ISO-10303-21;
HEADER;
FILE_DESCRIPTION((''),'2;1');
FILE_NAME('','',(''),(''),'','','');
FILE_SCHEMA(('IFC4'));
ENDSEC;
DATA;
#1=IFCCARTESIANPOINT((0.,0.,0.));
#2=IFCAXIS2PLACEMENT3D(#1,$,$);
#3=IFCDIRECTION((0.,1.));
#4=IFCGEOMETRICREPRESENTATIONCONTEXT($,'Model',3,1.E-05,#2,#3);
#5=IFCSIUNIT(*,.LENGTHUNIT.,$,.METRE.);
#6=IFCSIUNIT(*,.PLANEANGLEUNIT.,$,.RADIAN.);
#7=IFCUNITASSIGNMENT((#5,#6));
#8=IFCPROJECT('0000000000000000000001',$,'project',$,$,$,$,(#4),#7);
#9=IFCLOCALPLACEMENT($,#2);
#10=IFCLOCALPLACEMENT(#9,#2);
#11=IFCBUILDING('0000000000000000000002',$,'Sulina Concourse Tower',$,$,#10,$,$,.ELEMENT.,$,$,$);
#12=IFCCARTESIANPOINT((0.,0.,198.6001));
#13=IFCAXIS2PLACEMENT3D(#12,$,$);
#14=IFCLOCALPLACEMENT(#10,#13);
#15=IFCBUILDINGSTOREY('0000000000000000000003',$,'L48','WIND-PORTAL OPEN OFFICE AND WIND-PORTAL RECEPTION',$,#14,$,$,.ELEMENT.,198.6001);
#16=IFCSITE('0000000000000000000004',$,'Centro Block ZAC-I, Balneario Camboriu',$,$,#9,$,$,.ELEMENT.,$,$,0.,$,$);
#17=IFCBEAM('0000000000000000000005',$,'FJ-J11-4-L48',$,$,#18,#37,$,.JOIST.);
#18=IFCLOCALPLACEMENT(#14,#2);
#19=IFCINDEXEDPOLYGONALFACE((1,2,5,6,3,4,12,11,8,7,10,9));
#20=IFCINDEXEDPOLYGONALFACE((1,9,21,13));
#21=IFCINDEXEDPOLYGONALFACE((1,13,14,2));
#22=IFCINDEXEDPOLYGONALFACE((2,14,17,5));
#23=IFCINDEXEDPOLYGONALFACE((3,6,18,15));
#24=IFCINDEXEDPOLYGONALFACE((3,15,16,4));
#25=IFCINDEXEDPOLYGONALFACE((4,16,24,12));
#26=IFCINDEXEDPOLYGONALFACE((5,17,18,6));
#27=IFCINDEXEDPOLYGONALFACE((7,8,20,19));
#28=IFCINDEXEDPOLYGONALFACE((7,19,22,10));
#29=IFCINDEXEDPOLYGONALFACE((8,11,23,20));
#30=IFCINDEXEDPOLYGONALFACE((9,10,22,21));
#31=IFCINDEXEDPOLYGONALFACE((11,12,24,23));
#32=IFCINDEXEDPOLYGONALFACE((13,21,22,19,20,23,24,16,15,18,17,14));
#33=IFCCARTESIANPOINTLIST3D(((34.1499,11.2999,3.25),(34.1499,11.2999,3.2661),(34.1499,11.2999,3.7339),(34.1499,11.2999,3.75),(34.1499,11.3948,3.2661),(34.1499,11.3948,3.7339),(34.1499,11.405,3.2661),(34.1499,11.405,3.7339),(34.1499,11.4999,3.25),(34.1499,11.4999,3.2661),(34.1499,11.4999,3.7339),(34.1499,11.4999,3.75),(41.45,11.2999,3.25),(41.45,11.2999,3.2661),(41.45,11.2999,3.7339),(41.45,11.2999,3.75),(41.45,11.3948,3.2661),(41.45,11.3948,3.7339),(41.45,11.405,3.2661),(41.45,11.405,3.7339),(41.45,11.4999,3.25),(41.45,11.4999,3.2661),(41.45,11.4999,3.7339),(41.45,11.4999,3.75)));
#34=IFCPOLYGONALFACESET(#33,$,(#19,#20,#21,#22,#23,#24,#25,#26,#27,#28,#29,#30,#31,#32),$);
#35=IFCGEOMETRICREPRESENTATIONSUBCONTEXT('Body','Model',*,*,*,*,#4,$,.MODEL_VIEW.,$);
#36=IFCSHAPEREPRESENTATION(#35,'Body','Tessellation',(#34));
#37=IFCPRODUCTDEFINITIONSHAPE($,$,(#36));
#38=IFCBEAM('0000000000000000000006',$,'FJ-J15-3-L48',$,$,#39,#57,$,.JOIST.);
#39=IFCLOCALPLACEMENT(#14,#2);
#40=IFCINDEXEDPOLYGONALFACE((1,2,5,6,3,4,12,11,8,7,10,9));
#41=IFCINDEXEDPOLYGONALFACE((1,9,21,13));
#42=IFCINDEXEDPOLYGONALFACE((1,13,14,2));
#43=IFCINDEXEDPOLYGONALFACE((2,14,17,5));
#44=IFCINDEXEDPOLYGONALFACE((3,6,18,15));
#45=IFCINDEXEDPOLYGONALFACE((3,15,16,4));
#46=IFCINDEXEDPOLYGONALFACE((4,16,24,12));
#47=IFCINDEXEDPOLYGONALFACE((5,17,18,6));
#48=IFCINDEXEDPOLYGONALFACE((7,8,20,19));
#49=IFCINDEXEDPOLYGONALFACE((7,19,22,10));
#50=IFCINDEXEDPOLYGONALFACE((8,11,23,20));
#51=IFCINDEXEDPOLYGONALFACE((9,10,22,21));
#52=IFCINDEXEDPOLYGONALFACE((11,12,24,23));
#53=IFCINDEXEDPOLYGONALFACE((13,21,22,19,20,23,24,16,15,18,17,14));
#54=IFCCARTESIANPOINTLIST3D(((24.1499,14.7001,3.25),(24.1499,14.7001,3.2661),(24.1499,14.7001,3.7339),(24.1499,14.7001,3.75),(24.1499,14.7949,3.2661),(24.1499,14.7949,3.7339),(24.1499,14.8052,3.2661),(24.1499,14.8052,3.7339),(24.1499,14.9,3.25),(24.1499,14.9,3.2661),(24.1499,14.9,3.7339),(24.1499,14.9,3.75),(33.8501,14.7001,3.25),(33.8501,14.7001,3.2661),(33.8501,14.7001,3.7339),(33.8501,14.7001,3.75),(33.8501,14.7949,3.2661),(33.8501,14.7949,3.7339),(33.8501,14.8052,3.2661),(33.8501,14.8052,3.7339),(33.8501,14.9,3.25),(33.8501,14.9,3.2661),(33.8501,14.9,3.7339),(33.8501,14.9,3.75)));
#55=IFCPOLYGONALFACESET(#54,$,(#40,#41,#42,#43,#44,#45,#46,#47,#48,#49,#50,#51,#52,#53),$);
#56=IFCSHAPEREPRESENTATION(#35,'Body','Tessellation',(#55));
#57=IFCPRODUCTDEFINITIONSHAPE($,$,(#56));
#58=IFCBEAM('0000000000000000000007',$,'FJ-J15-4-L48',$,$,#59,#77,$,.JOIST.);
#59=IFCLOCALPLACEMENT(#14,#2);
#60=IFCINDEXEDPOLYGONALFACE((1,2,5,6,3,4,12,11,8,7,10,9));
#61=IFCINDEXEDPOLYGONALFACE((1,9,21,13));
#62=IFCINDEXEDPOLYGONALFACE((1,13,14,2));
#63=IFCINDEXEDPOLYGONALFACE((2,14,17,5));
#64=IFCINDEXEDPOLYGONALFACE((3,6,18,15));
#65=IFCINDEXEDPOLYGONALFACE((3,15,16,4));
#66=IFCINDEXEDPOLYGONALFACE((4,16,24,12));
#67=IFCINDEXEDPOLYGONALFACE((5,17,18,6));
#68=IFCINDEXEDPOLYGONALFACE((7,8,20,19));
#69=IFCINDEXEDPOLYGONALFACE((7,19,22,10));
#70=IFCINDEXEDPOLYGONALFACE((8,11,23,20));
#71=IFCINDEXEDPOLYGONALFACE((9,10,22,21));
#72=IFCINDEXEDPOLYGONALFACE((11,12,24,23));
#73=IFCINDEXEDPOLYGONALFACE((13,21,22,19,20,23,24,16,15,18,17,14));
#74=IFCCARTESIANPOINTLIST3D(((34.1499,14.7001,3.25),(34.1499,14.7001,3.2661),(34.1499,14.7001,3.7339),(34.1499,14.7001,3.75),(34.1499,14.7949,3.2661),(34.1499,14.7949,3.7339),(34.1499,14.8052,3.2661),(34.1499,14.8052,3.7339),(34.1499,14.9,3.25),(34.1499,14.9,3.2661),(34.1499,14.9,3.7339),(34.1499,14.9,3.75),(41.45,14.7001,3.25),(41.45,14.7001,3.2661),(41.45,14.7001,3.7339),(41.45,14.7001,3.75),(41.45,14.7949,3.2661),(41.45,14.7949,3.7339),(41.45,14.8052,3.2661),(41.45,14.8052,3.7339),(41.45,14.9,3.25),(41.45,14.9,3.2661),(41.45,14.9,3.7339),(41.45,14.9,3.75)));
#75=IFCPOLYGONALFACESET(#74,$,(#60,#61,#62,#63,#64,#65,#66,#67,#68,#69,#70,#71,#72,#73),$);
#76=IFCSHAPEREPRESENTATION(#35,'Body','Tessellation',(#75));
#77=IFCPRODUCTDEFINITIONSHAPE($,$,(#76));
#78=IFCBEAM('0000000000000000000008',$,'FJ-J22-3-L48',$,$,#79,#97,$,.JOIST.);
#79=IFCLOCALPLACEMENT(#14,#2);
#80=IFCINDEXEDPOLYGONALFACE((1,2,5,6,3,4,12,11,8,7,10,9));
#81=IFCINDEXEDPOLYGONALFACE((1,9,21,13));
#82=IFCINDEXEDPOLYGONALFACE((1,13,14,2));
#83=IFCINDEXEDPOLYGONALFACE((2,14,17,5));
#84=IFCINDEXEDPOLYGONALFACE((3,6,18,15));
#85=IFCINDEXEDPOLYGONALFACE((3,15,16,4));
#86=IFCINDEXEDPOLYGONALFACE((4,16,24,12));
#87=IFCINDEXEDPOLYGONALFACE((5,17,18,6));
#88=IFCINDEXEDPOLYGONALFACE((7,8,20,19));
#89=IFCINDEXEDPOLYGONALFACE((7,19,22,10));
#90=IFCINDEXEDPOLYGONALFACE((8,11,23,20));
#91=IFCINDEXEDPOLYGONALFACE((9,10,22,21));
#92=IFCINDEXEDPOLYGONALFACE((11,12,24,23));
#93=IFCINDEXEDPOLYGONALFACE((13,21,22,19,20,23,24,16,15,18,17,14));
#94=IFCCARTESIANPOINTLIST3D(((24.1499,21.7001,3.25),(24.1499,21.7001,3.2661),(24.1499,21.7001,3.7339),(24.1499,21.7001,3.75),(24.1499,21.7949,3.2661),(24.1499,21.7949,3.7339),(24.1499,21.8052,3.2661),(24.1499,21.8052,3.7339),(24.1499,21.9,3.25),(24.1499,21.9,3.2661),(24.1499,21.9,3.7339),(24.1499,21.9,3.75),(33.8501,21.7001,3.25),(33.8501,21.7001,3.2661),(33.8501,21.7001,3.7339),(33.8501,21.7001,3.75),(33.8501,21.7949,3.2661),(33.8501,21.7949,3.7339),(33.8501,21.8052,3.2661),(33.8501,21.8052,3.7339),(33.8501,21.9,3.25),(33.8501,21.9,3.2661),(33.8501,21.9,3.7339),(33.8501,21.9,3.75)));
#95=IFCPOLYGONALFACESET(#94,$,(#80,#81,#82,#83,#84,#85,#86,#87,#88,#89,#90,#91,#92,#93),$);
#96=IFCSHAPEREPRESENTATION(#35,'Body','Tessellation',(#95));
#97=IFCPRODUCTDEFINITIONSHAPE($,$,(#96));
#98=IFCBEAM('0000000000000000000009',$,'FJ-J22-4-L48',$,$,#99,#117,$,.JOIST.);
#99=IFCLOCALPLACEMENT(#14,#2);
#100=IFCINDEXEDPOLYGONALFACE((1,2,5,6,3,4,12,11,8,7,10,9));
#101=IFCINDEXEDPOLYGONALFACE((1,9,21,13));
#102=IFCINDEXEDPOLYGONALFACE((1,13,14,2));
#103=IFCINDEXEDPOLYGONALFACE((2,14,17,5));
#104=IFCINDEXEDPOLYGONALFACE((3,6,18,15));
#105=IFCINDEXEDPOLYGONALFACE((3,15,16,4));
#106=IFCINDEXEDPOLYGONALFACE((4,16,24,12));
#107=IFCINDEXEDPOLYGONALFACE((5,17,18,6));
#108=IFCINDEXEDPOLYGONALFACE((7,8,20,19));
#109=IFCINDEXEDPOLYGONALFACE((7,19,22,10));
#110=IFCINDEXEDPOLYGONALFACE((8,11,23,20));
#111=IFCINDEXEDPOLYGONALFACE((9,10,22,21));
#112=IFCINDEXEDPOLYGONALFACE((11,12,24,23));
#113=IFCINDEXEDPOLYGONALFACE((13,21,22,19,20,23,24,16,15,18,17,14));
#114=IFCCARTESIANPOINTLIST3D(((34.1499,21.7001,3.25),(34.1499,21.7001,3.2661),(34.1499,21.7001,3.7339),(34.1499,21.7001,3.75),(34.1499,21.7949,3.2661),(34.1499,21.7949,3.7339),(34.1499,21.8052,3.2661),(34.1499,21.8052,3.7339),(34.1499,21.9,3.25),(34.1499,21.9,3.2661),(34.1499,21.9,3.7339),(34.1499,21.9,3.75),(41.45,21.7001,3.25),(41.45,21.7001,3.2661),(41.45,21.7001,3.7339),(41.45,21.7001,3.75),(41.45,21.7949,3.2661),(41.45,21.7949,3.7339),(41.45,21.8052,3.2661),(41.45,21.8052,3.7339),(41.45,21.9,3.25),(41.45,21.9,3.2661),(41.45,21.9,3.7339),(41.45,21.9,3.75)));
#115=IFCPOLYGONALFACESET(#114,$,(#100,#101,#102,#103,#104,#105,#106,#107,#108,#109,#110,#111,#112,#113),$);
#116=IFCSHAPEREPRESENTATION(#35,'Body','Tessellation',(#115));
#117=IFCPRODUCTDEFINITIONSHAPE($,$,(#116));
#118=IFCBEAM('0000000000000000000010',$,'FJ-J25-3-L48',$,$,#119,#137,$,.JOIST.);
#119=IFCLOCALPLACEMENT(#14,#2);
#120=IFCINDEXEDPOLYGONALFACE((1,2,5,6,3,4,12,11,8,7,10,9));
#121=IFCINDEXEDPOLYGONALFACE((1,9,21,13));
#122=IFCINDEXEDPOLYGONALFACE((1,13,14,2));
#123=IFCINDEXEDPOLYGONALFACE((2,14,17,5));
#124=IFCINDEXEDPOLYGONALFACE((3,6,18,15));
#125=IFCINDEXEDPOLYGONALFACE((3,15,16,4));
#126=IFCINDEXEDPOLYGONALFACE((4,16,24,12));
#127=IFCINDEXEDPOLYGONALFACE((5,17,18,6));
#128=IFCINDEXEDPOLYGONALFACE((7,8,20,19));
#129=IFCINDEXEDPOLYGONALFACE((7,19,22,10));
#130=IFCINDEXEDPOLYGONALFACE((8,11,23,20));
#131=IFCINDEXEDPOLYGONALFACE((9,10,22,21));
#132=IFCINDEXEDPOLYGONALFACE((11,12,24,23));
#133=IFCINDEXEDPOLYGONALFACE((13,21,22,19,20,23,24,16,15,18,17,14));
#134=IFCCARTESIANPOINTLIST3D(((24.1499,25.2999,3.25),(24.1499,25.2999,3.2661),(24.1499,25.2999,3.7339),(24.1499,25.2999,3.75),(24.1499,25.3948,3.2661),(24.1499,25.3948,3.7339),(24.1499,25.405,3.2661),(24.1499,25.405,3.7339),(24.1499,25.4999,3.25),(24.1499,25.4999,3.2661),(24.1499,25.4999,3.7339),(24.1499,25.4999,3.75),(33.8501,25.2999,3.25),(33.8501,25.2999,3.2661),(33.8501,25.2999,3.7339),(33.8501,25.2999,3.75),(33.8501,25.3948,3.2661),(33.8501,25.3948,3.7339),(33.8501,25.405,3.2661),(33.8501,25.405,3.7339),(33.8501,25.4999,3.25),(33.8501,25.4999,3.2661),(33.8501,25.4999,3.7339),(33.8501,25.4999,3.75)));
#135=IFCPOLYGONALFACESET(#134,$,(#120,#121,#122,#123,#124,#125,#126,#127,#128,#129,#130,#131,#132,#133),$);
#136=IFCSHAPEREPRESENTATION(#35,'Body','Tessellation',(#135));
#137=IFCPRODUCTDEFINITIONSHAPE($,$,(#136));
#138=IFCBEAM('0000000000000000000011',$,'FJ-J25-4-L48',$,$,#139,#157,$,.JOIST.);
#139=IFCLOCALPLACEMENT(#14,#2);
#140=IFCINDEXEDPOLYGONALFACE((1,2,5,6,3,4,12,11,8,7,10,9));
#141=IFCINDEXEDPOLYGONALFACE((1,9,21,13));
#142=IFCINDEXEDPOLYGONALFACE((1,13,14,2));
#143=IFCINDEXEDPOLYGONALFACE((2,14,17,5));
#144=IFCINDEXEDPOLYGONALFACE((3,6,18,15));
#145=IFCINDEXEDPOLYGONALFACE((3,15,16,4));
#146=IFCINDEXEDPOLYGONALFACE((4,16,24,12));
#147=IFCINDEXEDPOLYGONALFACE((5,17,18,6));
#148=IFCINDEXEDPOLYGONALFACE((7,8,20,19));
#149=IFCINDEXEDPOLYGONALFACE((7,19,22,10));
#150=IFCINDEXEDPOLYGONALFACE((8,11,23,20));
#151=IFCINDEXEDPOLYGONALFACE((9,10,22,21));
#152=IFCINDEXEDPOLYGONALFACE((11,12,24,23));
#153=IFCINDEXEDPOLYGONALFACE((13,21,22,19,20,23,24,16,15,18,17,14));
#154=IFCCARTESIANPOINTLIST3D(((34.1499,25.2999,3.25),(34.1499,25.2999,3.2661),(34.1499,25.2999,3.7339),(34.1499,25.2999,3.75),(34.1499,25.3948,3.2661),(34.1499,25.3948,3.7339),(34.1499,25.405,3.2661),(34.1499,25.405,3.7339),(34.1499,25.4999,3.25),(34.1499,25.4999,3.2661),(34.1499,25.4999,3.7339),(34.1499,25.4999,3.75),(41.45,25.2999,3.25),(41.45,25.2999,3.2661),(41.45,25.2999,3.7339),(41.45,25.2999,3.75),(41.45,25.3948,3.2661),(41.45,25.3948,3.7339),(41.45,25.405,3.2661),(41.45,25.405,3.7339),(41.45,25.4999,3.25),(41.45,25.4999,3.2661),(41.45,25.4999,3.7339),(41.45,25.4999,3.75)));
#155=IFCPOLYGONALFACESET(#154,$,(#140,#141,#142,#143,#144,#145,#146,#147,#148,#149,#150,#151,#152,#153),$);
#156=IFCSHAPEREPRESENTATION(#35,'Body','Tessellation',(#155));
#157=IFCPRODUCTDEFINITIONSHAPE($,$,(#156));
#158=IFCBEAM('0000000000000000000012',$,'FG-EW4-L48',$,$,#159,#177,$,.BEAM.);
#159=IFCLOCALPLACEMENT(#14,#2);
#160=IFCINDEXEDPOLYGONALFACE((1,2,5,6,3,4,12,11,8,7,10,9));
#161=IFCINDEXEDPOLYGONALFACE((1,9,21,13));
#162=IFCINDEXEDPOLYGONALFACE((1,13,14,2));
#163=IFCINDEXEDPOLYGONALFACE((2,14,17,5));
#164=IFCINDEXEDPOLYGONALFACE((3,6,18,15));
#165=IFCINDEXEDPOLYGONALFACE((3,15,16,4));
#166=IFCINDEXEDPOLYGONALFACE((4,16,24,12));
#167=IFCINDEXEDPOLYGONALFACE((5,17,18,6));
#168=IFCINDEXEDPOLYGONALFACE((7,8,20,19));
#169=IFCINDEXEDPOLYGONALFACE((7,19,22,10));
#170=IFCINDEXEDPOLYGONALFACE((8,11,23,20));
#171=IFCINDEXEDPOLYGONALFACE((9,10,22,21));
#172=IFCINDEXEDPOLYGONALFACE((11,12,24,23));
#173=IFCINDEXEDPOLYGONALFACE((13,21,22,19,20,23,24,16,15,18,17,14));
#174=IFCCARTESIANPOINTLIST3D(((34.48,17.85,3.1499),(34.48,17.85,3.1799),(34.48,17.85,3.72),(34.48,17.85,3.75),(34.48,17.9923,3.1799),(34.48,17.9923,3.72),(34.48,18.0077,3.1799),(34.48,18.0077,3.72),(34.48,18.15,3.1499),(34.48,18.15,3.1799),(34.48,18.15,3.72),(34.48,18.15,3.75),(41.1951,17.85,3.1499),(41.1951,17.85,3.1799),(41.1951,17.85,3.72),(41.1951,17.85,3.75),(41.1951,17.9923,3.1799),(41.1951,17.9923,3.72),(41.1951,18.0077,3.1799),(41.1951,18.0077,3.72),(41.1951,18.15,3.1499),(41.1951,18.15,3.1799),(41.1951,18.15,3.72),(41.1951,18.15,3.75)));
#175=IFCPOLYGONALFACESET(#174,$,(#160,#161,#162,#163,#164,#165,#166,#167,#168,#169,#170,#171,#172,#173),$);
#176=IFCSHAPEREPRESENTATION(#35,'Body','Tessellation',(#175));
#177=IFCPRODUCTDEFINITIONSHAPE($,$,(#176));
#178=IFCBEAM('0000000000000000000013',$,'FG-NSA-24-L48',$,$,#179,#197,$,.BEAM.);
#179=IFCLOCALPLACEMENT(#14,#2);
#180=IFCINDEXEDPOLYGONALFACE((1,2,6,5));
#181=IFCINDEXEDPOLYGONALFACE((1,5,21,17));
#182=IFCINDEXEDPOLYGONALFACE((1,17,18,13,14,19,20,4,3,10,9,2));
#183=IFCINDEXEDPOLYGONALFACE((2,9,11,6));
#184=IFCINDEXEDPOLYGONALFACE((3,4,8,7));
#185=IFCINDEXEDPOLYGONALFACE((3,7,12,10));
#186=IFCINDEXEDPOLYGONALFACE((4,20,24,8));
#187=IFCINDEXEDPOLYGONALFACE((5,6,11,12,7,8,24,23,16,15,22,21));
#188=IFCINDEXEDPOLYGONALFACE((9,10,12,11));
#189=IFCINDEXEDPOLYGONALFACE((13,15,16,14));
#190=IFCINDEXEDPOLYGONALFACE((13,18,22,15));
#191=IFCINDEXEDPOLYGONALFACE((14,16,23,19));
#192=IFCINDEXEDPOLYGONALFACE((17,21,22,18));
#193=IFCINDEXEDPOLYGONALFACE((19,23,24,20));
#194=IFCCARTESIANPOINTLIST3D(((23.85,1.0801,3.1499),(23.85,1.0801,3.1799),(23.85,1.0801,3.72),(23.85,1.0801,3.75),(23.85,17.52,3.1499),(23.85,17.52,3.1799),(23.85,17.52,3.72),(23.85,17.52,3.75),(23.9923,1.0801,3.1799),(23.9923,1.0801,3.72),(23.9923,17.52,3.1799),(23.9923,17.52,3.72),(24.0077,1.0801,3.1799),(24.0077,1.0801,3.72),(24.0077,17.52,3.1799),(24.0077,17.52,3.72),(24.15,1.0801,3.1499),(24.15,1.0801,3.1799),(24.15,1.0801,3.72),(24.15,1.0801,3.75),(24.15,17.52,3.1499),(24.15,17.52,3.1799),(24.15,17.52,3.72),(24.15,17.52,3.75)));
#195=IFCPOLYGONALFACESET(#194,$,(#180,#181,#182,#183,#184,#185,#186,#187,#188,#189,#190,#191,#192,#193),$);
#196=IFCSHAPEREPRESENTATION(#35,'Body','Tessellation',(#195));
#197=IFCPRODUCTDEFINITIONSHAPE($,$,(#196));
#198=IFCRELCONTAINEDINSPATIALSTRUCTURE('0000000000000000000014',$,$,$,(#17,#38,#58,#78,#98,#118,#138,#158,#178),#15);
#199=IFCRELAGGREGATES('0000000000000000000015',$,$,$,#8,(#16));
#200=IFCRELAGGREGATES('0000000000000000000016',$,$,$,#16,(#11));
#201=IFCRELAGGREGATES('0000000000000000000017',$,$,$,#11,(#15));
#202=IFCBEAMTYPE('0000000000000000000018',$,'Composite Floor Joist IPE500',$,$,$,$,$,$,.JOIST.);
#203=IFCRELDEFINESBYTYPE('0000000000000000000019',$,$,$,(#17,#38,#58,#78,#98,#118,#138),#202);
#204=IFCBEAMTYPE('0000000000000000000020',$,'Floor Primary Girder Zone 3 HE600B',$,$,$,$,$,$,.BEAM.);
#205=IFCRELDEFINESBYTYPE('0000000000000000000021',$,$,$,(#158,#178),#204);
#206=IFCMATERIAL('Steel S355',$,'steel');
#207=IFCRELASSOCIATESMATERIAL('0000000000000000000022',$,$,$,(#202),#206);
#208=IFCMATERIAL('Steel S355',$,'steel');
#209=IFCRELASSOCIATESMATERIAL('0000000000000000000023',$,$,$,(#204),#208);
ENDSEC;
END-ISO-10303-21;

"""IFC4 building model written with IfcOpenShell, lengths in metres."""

from ifc_helpers import new_model, si_unit, direction, frame, origin, origin_2d, place, context, subcontext, project, spatial, i_section, extrude, material, material_profile, profile_set, type_object, element, save


model = new_model("IFC4")

# Units and contexts
model_context = context("Model", 3, precision=1e-05, world=origin(), true_north=direction((0.0, 1.0)))
body_context = subcontext(model_context, "Body", "Model", "MODEL_VIEW")
ifc_project = project(units=[si_unit("LENGTHUNIT", "METRE"), si_unit("PLANEANGLEUNIT", "RADIAN")], contexts=[model_context])

# Site, building, storey
site_placement = place(None, origin())
site = spatial("IfcSite", under=ifc_project, at=site_placement, Name="Centro Block ZAC-I, Balneario Camboriu", CompositionType="ELEMENT", RefElevation=0.0)
building_placement = place(site_placement, origin())
building = spatial("IfcBuilding", under=site, at=building_placement, Name="Sulina Concourse Tower", CompositionType="ELEMENT")
storey_placement = place(building_placement, frame((0.0, 0.0, 198.6001)))
storey = spatial("IfcBuildingStorey", under=building, at=storey_placement, Name="L48", Description="WIND-PORTAL OPEN OFFICE AND WIND-PORTAL RECEPTION", CompositionType="ELEMENT", Elevation=198.6001)

# Beams
ifc_material_1 = material(Name="Steel S355", Category="steel")
ifc_material_profile_1 = material_profile(ifc_material_1, i_section(OverallWidth=0.2, OverallDepth=0.5, WebThickness=0.0103, FlangeThickness=0.0161, at=origin_2d()), Name="IPE 500")
ifc_profile_set_1 = profile_set([ifc_material_profile_1], Name="Steel S355")
beam_type_1 = type_object("IfcBeamType", Name="Composite Floor Joist IPE500", PredefinedType="JOIST", material=ifc_profile_set_1)
beam_1_placement = place(storey_placement, frame((34.1499, 11.3999, 3.5), z_axis=(1.0, 0.0, 0.0), x_axis=(0.0, 1.0, 0.0)))
element("IfcBeam", 1, at=beam_1_placement, inside=storey, type_object=beam_type_1, Name="FJ-J11-4-L48", PredefinedType="JOIST", context=body_context, shape_type="SweptSolid", body=[
    extrude(i_section(OverallWidth=0.2, OverallDepth=0.5, WebThickness=0.0103, FlangeThickness=0.0161, at=origin_2d()), origin(), (0.0, 0.0, 1.0), 7.3),
])
beam_2_placement = place(storey_placement, frame((24.1499, 14.8, 3.5), z_axis=(1.0, 0.0, 0.0), x_axis=(0.0, 1.0, 0.0)))
element("IfcBeam", 2, at=beam_2_placement, inside=storey, type_object=beam_type_1, Name="FJ-J15-3-L48", PredefinedType="JOIST", context=body_context, shape_type="SweptSolid", body=[
    extrude(i_section(OverallWidth=0.2, OverallDepth=0.5, WebThickness=0.0103, FlangeThickness=0.0161, at=origin_2d()), origin(), (0.0, 0.0, 1.0), 9.7002),
])
beam_3_placement = place(storey_placement, frame((34.1499, 14.8, 3.5), z_axis=(1.0, 0.0, 0.0), x_axis=(0.0, 1.0, 0.0)))
element("IfcBeam", 3, at=beam_3_placement, inside=storey, type_object=beam_type_1, Name="FJ-J15-4-L48", PredefinedType="JOIST", context=body_context, shape_type="SweptSolid", body=[
    extrude(i_section(OverallWidth=0.2, OverallDepth=0.5, WebThickness=0.0103, FlangeThickness=0.0161, at=origin_2d()), origin(), (0.0, 0.0, 1.0), 7.3),
])
beam_4_placement = place(storey_placement, frame((24.1499, 21.8, 3.5), z_axis=(1.0, 0.0, 0.0), x_axis=(0.0, 1.0, 0.0)))
element("IfcBeam", 4, at=beam_4_placement, inside=storey, type_object=beam_type_1, Name="FJ-J22-3-L48", PredefinedType="JOIST", context=body_context, shape_type="SweptSolid", body=[
    extrude(i_section(OverallWidth=0.2, OverallDepth=0.5, WebThickness=0.0103, FlangeThickness=0.0161, at=origin_2d()), origin(), (0.0, 0.0, 1.0), 9.7002),
])
beam_5_placement = place(storey_placement, frame((34.1499, 21.8, 3.5), z_axis=(1.0, 0.0, 0.0), x_axis=(0.0, 1.0, 0.0)))
element("IfcBeam", 5, at=beam_5_placement, inside=storey, type_object=beam_type_1, Name="FJ-J22-4-L48", PredefinedType="JOIST", context=body_context, shape_type="SweptSolid", body=[
    extrude(i_section(OverallWidth=0.2, OverallDepth=0.5, WebThickness=0.0103, FlangeThickness=0.0161, at=origin_2d()), origin(), (0.0, 0.0, 1.0), 7.3),
])
beam_6_placement = place(storey_placement, frame((24.1499, 25.3999, 3.5), z_axis=(1.0, 0.0, 0.0), x_axis=(0.0, 1.0, 0.0)))
element("IfcBeam", 6, at=beam_6_placement, inside=storey, type_object=beam_type_1, Name="FJ-J25-3-L48", PredefinedType="JOIST", context=body_context, shape_type="SweptSolid", body=[
    extrude(i_section(OverallWidth=0.2, OverallDepth=0.5, WebThickness=0.0103, FlangeThickness=0.0161, at=origin_2d()), origin(), (0.0, 0.0, 1.0), 9.7002),
])
beam_7_placement = place(storey_placement, frame((34.1499, 25.3999, 3.5), z_axis=(1.0, 0.0, 0.0), x_axis=(0.0, 1.0, 0.0)))
element("IfcBeam", 7, at=beam_7_placement, inside=storey, type_object=beam_type_1, Name="FJ-J25-4-L48", PredefinedType="JOIST", context=body_context, shape_type="SweptSolid", body=[
    extrude(i_section(OverallWidth=0.2, OverallDepth=0.5, WebThickness=0.0103, FlangeThickness=0.0161, at=origin_2d()), origin(), (0.0, 0.0, 1.0), 7.3),
])
ifc_material_2 = material(Name="Steel S355", Category="steel")
ifc_material_profile_2 = material_profile(ifc_material_2, i_section(OverallWidth=0.3, OverallDepth=0.6001, WebThickness=0.0154, FlangeThickness=0.03, at=origin_2d()), Name="HE 600 B")
ifc_profile_set_2 = profile_set([ifc_material_profile_2], Name="Steel S355")
beam_type_2 = type_object("IfcBeamType", Name="Floor Primary Girder Zone 3 HE600B", PredefinedType="BEAM", material=ifc_profile_set_2)
beam_8_placement = place(storey_placement, frame((34.48, 18.0, 3.45), z_axis=(1.0, 0.0, 0.0), x_axis=(0.0, 1.0, 0.0)))
element("IfcBeam", 8, at=beam_8_placement, inside=storey, type_object=beam_type_2, Name="FG-EW4-L48", PredefinedType="BEAM", context=body_context, shape_type="SweptSolid", body=[
    extrude(i_section(OverallWidth=0.3, OverallDepth=0.6001, WebThickness=0.0154, FlangeThickness=0.03, at=origin_2d()), origin(), (0.0, 0.0, 1.0), 6.7151),
])
beam_9_placement = place(storey_placement, frame((24.0, 1.0801, 3.45), z_axis=(0.0, 1.0, 0.0), x_axis=(-1.0, 0.0, 0.0)))
element("IfcBeam", 9, at=beam_9_placement, inside=storey, type_object=beam_type_2, Name="FG-NSA-24-L48", PredefinedType="BEAM", context=body_context, shape_type="SweptSolid", body=[
    extrude(i_section(OverallWidth=0.3, OverallDepth=0.6001, WebThickness=0.0154, FlangeThickness=0.03, at=origin_2d()), origin(), (0.0, 0.0, 1.0), 16.4399),
])

save(model, "model.ifc")
